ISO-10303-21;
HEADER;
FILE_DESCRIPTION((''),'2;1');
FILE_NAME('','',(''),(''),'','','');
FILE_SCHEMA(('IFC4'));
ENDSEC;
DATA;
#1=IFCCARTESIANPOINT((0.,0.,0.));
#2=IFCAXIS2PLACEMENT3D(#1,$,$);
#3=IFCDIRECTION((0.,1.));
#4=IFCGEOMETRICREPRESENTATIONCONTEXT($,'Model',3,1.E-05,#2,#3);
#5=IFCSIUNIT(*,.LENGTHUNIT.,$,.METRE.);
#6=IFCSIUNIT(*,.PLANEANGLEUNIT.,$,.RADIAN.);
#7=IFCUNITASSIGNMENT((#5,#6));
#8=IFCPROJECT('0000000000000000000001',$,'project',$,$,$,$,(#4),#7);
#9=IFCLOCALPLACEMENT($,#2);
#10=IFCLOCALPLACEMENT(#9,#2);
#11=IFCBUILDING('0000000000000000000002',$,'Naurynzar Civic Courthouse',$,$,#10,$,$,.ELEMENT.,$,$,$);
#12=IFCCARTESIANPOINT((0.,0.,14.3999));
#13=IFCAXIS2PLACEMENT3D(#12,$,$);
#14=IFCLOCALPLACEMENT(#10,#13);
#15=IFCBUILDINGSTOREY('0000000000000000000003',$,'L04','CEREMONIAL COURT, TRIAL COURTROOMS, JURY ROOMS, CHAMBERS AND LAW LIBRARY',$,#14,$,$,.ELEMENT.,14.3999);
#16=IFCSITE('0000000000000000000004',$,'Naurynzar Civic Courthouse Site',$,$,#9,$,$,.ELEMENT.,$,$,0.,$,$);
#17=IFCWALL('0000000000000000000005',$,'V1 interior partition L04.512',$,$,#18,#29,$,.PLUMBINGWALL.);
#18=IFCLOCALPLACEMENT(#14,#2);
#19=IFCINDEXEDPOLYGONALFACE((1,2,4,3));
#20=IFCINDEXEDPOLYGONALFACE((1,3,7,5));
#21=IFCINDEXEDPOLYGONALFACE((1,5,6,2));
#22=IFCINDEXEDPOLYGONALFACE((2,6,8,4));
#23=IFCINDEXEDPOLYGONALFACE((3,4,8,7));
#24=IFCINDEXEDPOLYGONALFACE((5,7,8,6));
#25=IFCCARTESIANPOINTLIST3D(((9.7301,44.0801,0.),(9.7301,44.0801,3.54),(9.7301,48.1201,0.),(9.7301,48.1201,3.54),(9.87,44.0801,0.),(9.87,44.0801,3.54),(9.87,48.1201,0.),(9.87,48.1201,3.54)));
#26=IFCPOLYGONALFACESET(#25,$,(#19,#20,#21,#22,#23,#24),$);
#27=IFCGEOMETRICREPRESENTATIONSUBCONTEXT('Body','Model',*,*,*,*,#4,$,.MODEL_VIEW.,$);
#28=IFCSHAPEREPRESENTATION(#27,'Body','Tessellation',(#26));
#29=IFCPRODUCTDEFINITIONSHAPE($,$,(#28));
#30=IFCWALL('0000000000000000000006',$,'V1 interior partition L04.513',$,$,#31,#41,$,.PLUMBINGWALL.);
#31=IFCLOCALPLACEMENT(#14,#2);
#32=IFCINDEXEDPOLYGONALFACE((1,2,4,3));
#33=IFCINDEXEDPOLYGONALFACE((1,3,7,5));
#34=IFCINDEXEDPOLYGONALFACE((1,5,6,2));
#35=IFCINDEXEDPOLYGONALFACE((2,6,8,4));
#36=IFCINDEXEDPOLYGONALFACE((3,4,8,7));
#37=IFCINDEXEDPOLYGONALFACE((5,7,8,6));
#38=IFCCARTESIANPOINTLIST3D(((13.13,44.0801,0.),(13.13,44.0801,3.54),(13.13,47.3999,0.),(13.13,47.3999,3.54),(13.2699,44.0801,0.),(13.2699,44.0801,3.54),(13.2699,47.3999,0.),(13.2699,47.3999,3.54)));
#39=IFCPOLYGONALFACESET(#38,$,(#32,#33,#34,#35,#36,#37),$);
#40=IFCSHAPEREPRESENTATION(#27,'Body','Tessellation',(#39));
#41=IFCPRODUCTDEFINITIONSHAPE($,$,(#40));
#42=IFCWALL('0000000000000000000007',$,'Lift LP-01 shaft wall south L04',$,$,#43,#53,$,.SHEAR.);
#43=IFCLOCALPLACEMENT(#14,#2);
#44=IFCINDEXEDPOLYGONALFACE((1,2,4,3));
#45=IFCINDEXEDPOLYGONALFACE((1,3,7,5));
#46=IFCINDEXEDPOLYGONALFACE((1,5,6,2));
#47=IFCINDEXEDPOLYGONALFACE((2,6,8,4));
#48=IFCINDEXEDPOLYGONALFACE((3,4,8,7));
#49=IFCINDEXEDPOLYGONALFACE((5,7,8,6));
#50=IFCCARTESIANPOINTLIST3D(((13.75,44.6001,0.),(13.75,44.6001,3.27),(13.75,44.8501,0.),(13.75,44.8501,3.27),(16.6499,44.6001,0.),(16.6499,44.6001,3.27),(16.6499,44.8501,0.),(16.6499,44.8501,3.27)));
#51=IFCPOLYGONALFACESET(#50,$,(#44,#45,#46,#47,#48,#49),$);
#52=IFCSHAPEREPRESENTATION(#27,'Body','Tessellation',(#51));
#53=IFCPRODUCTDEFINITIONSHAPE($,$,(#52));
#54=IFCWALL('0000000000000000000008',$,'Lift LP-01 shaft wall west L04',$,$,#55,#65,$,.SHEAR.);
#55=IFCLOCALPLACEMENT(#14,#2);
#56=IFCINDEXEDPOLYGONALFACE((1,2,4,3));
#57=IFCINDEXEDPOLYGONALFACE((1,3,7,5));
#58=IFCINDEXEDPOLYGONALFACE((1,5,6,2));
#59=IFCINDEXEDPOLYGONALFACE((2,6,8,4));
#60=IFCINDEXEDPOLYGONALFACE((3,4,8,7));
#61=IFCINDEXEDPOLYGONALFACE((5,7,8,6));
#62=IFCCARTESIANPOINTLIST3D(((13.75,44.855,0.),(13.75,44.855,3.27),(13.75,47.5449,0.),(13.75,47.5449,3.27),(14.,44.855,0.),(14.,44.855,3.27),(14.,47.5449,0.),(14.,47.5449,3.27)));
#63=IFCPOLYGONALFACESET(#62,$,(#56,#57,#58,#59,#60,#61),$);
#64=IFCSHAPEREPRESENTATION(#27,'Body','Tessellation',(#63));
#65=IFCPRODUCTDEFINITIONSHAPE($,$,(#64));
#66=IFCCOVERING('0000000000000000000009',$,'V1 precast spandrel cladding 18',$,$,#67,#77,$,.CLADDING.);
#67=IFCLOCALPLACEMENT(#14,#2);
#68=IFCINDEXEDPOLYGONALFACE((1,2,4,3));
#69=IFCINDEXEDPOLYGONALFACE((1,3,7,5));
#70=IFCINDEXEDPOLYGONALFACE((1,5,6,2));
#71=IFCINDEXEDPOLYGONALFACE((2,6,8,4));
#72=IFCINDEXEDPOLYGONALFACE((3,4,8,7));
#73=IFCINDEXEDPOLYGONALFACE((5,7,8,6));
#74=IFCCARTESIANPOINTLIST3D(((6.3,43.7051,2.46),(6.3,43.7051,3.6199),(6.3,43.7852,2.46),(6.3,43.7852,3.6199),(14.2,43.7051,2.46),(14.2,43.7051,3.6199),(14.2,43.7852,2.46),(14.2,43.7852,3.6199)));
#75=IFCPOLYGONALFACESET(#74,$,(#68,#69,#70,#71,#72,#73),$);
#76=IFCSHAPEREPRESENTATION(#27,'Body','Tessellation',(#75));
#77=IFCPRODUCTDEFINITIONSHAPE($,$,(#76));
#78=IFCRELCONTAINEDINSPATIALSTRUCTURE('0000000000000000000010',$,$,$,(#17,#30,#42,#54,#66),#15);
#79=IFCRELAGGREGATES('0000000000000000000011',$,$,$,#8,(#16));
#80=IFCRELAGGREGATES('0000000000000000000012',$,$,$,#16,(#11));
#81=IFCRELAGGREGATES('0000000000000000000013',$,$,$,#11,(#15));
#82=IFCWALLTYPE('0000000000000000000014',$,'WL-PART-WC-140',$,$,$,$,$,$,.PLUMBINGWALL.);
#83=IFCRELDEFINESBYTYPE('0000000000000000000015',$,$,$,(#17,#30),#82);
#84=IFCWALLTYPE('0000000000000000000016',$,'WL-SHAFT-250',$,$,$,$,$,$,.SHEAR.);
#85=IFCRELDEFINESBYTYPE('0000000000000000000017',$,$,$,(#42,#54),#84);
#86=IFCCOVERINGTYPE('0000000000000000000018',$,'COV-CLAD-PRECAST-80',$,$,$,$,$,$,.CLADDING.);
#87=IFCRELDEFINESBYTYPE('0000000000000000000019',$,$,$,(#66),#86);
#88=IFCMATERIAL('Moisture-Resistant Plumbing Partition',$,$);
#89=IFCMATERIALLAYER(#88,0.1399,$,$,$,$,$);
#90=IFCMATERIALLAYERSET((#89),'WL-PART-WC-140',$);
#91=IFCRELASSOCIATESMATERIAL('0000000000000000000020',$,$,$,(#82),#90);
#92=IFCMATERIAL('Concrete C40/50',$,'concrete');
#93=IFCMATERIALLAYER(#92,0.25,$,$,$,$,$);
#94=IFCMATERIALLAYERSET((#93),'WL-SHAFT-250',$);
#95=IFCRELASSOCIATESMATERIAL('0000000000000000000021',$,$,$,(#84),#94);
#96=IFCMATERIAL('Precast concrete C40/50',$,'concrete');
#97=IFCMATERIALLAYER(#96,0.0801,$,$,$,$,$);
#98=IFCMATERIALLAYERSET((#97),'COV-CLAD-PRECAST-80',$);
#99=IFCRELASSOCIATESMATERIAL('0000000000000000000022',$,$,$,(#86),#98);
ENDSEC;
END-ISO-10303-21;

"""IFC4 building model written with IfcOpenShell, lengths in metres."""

from ifc_helpers import new_model, si_unit, direction, frame, frame_2d, origin, origin_2d, place, context, subcontext, project, spatial, rectangle, extrude, material, layer, layer_set, type_object, element, save


model = new_model("IFC4")

# Units and contexts
model_context = context("Model", 3, precision=1e-05, world=origin(), true_north=direction((0.0, 1.0)))
body_context = subcontext(model_context, "Body", "Model", "MODEL_VIEW")
ifc_project = project(units=[si_unit("LENGTHUNIT", "METRE"), si_unit("PLANEANGLEUNIT", "RADIAN")], contexts=[model_context])

# Site, building, storey
site_placement = place(None, origin())
site = spatial("IfcSite", under=ifc_project, at=site_placement, Name="Naurynzar Civic Courthouse Site", CompositionType="ELEMENT", RefElevation=0.0)
building_placement = place(site_placement, origin())
building = spatial("IfcBuilding", under=site, at=building_placement, Name="Naurynzar Civic Courthouse", CompositionType="ELEMENT")
storey_placement = place(building_placement, frame((0.0, 0.0, 14.3999)))
storey = spatial("IfcBuildingStorey", under=building, at=storey_placement, Name="L04", Description="CEREMONIAL COURT, TRIAL COURTROOMS, JURY ROOMS, CHAMBERS AND LAW LIBRARY", CompositionType="ELEMENT", Elevation=14.3999)

# Shared definitions
ifc_material_1 = material(Name="Moisture-Resistant Plumbing Partition")
ifc_layer_1 = layer(ifc_material_1, 0.1399)
ifc_layer_set_1 = layer_set([ifc_layer_1], Name="WL-PART-WC-140")
wall_type_1 = type_object("IfcWallType", Name="WL-PART-WC-140", PredefinedType="PLUMBINGWALL", material=ifc_layer_set_1)

# Walls
wall_1_placement = place(storey_placement, frame((9.8, 44.0801, 0.0), z_axis=(0.0, 0.0, 1.0), x_axis=(0.0, 1.0, 0.0)))
element("IfcWall", 1, at=wall_1_placement, inside=storey, type_object=wall_type_1, Name="V1 interior partition L04.512", PredefinedType="PLUMBINGWALL", context=body_context, shape_type="SweptSolid", body=[
    extrude(rectangle(XDim=4.04, YDim=0.1399, at=frame_2d((2.02, 0.0))), origin(), (0.0, 0.0, 1.0), 3.54),
])
wall_2_placement = place(storey_placement, frame((13.2, 44.0801, 0.0), z_axis=(0.0, 0.0, 1.0), x_axis=(0.0, 1.0, 0.0)))
element("IfcWall", 2, at=wall_2_placement, inside=storey, type_object=wall_type_1, Name="V1 interior partition L04.513", PredefinedType="PLUMBINGWALL", context=body_context, shape_type="SweptSolid", body=[
    extrude(rectangle(XDim=3.3198, YDim=0.1399, at=frame_2d((1.6599, 0.0))), origin(), (0.0, 0.0, 1.0), 3.54),
])
ifc_material_2 = material(Name="Concrete C40/50", Category="concrete")
ifc_layer_2 = layer(ifc_material_2, 0.25)
ifc_layer_set_2 = layer_set([ifc_layer_2], Name="WL-SHAFT-250")
wall_type_2 = type_object("IfcWallType", Name="WL-SHAFT-250", PredefinedType="SHEAR", material=ifc_layer_set_2)
wall_3_placement = place(storey_placement, frame((13.75, 44.7251, 0.0), z_axis=(0.0, 0.0, 1.0), x_axis=(1.0, 0.0, 0.0)))
element("IfcWall", 3, at=wall_3_placement, inside=storey, type_object=wall_type_2, Name="Lift LP-01 shaft wall south L04", PredefinedType="SHEAR", context=body_context, shape_type="SweptSolid", body=[
    extrude(rectangle(XDim=2.8999, YDim=0.25, at=frame_2d((1.45, 0.0))), origin(), (0.0, 0.0, 1.0), 3.27),
])
wall_4_placement = place(storey_placement, frame((13.875, 47.5449, 0.0), z_axis=(0.0, 0.0, 1.0), x_axis=(0.0, -1.0, 0.0)))
element("IfcWall", 4, at=wall_4_placement, inside=storey, type_object=wall_type_2, Name="Lift LP-01 shaft wall west L04", PredefinedType="SHEAR", context=body_context, shape_type="SweptSolid", body=[
    extrude(rectangle(XDim=2.6899, YDim=0.25, at=frame_2d((1.345, 0.0))), origin(), (0.0, 0.0, 1.0), 3.27),
])

# Covering
ifc_material_3 = material(Name="Precast concrete C40/50", Category="concrete")
ifc_layer_3 = layer(ifc_material_3, 0.0801)
ifc_layer_set_3 = layer_set([ifc_layer_3], Name="COV-CLAD-PRECAST-80")
covering_type = type_object("IfcCoveringType", Name="COV-CLAD-PRECAST-80", PredefinedType="CLADDING", material=ifc_layer_set_3)
covering_placement = place(storey_placement, frame((10.25, 43.7451, 2.46), z_axis=(0.0, 0.0, 1.0), x_axis=(-1.0, 0.0, 0.0)))
element("IfcCovering", 5, at=covering_placement, inside=storey, type_object=covering_type, Name="V1 precast spandrel cladding 18", PredefinedType="CLADDING", context=body_context, shape_type="SweptSolid", body=[
    extrude(rectangle(XDim=7.8999, YDim=0.0801, at=origin_2d()), origin(), (0.0, 0.0, 1.0), 1.1599),
])

save(model, "model.ifc")
